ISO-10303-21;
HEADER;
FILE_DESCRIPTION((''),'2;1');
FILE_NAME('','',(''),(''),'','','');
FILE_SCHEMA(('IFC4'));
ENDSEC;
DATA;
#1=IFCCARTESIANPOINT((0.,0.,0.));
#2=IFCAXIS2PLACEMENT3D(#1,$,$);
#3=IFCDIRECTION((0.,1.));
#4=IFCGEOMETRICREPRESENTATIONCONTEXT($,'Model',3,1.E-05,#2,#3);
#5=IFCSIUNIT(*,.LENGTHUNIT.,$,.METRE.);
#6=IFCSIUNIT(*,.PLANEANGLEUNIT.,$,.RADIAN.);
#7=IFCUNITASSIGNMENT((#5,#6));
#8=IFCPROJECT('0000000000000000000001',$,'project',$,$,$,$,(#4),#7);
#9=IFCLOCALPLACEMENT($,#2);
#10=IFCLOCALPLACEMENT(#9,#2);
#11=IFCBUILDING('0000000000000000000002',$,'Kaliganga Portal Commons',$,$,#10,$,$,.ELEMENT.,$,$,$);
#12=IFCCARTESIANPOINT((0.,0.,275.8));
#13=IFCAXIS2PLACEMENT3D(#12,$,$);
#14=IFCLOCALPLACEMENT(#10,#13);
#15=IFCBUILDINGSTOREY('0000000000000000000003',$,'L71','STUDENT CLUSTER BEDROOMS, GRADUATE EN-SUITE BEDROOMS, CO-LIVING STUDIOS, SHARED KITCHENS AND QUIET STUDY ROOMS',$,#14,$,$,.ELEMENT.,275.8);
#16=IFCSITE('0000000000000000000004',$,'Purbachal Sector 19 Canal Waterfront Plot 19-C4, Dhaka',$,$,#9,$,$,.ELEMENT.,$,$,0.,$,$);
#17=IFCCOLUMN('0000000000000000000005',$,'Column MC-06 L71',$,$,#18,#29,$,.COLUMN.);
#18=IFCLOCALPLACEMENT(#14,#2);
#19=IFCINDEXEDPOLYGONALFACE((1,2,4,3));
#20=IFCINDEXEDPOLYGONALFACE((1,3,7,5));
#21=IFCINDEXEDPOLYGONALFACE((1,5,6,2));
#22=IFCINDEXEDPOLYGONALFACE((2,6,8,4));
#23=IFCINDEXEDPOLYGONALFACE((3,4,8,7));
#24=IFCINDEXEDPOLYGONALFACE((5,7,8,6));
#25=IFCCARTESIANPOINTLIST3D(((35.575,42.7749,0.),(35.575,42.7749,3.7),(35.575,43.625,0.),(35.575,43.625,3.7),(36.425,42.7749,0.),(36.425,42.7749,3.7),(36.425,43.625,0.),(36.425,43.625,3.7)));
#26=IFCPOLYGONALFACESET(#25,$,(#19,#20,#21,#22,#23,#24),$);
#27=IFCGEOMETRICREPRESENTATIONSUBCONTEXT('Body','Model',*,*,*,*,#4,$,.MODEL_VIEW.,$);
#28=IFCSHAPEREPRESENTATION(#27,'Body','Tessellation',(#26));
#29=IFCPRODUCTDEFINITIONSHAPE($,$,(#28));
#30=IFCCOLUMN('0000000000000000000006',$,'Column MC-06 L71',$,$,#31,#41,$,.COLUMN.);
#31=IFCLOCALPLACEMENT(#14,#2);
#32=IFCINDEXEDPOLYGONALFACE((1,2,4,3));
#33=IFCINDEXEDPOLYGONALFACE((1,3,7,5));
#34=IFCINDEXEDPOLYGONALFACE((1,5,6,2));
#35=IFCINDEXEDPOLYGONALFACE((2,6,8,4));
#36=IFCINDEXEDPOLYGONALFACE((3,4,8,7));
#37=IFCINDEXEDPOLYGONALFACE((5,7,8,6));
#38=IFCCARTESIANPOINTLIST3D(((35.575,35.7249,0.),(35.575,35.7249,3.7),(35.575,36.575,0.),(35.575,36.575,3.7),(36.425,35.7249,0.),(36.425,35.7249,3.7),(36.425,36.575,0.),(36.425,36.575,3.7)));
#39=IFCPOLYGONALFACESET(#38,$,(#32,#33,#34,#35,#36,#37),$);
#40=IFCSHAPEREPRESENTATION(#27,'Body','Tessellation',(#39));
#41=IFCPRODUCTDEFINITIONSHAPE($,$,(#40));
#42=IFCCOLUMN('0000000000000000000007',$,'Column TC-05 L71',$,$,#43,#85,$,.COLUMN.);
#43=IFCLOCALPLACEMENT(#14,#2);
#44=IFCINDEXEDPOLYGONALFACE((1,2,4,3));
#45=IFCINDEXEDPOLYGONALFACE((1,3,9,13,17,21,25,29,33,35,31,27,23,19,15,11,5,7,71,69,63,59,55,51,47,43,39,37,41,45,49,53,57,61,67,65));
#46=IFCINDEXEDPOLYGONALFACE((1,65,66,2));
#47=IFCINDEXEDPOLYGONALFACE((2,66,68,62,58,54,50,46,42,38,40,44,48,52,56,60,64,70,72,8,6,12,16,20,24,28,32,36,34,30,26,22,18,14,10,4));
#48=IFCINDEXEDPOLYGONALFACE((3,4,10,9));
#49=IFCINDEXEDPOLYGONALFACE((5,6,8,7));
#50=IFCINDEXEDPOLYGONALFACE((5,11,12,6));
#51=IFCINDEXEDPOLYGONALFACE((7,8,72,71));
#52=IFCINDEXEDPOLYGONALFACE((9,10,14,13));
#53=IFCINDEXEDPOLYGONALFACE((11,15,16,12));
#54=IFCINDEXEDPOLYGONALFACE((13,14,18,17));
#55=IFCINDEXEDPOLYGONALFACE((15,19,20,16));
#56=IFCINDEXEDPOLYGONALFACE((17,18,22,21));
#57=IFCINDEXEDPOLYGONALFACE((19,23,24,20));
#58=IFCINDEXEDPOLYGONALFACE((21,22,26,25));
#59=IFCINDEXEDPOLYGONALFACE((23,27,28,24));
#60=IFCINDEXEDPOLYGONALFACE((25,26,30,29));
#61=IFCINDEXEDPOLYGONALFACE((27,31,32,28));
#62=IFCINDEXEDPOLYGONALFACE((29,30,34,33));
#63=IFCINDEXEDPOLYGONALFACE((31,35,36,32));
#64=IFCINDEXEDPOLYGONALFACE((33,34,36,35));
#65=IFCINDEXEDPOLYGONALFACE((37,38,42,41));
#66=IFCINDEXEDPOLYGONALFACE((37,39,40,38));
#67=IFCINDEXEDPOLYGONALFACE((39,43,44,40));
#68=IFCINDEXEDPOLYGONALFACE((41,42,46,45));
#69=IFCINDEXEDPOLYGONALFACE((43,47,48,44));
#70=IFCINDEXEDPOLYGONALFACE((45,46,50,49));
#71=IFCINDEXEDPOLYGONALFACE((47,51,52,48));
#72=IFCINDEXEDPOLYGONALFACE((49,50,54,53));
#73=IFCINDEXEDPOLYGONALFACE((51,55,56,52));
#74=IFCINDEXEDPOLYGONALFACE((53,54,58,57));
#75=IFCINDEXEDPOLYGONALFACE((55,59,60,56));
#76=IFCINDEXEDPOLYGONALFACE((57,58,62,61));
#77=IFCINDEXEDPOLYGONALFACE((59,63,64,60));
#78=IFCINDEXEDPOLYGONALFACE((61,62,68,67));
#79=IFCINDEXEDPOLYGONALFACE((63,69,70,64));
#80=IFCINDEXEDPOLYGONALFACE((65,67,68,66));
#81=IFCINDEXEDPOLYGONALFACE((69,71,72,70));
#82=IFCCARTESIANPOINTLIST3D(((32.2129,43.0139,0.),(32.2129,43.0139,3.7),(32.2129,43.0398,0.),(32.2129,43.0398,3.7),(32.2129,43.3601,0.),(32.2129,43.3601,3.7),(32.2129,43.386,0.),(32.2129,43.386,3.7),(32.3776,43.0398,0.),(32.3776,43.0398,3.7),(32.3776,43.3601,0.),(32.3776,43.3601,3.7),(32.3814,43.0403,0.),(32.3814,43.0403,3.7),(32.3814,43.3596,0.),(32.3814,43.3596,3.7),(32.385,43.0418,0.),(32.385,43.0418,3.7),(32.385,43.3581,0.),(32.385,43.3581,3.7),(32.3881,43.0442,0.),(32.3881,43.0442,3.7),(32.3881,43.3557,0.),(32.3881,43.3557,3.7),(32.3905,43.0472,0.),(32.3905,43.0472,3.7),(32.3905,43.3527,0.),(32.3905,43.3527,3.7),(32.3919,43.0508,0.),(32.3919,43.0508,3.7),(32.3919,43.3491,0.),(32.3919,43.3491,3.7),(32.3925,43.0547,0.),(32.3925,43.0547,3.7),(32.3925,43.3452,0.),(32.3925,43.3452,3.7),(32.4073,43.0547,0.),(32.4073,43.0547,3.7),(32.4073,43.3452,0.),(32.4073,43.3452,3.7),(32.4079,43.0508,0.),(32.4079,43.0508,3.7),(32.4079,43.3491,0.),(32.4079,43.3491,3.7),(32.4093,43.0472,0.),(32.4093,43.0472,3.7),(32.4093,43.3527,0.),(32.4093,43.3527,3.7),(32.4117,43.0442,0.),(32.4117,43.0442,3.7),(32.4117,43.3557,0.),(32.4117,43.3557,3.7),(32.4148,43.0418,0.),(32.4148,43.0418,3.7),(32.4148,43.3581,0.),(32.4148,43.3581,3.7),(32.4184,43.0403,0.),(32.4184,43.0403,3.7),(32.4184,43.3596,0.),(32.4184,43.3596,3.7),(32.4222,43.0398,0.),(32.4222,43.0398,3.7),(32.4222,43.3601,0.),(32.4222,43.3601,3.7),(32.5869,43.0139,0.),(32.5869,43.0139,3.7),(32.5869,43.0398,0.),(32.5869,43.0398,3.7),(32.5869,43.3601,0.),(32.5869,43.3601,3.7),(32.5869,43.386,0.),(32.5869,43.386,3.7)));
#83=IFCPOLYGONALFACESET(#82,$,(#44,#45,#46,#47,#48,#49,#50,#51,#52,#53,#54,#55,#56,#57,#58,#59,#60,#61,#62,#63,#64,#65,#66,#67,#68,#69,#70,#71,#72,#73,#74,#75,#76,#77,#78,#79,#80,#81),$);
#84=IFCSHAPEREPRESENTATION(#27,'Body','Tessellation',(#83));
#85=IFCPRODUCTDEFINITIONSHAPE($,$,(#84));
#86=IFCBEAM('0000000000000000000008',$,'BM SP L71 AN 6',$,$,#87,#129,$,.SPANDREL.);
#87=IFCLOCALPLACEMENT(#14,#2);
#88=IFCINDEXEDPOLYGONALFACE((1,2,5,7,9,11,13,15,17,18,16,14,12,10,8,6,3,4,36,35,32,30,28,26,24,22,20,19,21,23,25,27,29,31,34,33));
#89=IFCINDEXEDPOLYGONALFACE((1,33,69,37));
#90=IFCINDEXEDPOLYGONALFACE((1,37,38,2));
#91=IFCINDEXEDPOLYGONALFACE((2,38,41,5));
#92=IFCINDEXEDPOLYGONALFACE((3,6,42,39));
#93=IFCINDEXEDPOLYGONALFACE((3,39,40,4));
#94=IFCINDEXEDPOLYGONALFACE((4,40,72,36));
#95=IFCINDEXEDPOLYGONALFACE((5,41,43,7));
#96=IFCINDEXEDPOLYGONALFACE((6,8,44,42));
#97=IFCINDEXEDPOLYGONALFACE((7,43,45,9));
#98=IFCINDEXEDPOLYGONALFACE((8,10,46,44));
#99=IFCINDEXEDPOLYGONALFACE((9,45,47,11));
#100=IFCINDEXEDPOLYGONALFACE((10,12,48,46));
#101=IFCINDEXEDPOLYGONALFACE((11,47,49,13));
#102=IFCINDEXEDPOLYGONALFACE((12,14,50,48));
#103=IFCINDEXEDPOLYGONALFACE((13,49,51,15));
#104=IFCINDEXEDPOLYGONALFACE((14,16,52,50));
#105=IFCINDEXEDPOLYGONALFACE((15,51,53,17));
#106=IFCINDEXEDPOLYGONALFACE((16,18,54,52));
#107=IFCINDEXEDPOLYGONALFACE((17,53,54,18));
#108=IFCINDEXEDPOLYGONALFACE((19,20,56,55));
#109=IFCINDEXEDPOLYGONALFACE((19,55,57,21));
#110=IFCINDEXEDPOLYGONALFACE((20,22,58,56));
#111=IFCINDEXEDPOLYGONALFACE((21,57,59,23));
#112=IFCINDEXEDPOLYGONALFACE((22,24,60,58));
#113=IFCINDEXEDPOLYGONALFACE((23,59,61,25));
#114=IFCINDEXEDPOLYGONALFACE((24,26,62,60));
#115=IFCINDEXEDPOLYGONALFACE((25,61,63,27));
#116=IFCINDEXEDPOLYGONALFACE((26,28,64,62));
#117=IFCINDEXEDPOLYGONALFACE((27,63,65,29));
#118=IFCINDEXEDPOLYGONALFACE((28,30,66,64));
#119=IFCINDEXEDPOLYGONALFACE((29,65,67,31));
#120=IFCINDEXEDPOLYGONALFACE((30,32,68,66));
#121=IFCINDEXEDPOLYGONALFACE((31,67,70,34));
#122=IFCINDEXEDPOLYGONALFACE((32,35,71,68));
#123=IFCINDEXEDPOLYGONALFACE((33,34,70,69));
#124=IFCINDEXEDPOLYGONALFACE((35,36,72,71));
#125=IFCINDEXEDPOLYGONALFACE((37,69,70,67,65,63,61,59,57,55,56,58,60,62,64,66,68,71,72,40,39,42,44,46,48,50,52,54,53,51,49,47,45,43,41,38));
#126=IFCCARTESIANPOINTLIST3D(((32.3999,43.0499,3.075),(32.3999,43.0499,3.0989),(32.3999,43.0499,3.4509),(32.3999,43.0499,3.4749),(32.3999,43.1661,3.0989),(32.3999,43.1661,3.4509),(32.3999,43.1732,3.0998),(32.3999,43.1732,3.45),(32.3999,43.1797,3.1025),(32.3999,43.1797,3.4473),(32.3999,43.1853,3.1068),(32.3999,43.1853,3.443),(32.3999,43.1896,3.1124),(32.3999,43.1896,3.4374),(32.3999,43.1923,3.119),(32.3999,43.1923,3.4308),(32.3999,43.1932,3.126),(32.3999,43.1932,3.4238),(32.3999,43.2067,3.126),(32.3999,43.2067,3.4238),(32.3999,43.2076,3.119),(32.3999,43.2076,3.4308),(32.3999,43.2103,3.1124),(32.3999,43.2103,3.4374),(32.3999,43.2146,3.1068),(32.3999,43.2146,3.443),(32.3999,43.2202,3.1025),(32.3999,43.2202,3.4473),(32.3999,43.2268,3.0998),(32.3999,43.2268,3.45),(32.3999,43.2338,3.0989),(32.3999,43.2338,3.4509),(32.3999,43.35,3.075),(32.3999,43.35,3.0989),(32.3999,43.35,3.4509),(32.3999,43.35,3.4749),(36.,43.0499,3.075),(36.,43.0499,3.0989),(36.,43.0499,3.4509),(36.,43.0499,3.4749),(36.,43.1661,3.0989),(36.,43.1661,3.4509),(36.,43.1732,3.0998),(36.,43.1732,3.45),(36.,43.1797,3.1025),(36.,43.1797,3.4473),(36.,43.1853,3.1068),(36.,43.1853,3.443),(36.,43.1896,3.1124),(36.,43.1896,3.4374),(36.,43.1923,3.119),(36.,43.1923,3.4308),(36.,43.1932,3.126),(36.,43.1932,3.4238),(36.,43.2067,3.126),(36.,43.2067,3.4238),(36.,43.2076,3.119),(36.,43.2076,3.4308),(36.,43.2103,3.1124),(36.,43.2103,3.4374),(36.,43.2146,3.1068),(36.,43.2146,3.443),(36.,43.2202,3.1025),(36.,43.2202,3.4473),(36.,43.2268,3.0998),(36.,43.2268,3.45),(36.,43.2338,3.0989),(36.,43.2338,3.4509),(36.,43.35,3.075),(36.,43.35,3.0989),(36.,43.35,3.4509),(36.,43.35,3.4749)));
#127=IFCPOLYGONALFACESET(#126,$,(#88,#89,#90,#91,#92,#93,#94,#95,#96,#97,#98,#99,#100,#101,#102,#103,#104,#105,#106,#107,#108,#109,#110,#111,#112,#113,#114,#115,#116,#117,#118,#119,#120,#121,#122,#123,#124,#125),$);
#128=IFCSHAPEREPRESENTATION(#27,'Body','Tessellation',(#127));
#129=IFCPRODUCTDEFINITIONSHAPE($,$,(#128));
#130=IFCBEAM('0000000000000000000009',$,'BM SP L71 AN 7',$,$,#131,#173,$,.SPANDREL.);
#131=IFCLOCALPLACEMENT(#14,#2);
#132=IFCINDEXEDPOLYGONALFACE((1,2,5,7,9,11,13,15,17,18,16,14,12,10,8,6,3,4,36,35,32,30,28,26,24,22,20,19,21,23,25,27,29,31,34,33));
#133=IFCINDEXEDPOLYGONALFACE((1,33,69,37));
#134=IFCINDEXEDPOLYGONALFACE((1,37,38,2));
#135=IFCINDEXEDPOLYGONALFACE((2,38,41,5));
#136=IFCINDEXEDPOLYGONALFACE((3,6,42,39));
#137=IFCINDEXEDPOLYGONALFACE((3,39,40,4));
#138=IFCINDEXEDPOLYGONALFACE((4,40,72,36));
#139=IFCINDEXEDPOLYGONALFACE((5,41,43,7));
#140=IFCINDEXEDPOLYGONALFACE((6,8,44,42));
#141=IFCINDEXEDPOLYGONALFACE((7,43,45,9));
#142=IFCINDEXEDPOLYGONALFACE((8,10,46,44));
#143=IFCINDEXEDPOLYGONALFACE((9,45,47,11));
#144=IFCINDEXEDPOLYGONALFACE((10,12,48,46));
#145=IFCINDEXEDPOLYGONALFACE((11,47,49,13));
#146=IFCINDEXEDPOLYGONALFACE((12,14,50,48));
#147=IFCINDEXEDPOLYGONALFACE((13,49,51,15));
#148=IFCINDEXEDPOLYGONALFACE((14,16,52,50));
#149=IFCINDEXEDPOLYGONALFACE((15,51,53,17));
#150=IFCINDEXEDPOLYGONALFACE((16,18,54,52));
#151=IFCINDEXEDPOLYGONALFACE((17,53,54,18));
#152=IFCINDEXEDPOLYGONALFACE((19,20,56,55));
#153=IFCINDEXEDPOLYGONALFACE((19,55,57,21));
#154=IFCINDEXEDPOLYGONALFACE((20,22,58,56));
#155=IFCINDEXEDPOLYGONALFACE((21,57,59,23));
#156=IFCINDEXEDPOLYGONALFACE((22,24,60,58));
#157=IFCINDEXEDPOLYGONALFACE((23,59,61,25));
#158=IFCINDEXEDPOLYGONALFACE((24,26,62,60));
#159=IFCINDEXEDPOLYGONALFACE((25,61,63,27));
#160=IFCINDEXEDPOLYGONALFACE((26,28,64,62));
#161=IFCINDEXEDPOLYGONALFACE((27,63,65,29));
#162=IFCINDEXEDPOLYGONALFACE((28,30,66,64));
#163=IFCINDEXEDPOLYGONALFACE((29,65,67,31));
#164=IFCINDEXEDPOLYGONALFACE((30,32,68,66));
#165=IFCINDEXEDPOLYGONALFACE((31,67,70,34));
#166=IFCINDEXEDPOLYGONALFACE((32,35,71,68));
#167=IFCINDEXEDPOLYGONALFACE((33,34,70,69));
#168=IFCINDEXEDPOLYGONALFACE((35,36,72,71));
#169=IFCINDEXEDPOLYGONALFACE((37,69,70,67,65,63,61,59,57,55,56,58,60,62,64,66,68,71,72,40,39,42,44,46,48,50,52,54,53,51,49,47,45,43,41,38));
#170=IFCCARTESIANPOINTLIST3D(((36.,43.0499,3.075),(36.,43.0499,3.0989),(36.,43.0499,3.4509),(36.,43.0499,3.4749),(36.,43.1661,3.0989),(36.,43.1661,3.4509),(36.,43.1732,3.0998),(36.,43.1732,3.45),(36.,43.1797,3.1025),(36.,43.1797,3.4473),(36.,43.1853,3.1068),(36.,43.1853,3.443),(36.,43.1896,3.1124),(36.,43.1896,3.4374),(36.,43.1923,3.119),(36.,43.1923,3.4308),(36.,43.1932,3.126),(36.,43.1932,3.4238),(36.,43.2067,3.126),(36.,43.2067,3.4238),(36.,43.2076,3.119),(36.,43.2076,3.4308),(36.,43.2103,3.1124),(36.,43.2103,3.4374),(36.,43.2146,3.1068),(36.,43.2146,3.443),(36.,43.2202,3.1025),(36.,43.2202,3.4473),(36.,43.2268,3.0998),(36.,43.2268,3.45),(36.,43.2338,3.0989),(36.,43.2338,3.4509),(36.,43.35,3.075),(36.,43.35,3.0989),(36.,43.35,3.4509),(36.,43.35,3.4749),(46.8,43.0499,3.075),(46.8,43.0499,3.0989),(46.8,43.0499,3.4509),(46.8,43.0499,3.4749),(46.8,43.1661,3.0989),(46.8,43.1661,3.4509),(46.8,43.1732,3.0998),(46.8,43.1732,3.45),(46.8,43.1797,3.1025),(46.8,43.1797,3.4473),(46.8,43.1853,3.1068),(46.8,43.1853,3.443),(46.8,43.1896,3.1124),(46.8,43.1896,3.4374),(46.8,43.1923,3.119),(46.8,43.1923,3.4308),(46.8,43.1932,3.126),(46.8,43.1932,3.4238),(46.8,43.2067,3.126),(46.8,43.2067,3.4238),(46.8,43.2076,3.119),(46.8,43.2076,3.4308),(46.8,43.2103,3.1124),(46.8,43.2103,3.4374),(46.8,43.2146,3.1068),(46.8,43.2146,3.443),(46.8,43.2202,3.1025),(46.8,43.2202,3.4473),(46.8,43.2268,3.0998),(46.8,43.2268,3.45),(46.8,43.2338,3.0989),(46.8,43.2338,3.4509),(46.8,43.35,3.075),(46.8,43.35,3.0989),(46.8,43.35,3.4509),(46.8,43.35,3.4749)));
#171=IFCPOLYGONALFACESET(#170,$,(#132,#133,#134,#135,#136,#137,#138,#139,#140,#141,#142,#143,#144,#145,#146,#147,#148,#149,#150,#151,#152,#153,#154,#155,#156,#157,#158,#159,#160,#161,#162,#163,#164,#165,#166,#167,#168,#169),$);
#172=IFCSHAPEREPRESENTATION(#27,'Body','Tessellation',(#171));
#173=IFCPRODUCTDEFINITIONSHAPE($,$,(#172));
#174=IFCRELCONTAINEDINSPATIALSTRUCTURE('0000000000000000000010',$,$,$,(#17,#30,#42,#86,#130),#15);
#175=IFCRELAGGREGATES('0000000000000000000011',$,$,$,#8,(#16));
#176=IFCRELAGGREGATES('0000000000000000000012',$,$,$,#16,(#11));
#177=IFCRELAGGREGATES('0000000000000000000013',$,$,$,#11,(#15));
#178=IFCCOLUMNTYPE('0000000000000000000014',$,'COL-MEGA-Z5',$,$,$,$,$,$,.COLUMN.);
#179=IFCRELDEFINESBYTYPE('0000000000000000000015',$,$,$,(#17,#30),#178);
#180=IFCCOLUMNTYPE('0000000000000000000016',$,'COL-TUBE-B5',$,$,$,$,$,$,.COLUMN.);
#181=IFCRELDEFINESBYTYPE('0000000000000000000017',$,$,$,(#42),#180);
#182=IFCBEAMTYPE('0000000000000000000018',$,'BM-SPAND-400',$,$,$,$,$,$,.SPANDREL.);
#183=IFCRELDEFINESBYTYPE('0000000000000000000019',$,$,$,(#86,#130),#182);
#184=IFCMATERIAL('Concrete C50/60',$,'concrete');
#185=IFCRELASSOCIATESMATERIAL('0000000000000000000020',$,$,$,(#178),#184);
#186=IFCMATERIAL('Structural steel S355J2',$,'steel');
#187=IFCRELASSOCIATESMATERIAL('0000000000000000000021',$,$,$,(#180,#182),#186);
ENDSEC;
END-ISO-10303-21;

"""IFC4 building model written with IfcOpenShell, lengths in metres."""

from ifc_helpers import new_model, si_unit, direction, frame, origin, origin_2d, place, context, subcontext, project, spatial, rectangle, i_section, extrude, source, transform, mapped, material, material_profile, profile_set, type_object, element, save


model = new_model("IFC4")

# Units and contexts
model_context = context("Model", 3, precision=1e-05, world=origin(), true_north=direction((0.0, 1.0)))
body_context = subcontext(model_context, "Body", "Model", "MODEL_VIEW")
ifc_project = project(units=[si_unit("LENGTHUNIT", "METRE"), si_unit("PLANEANGLEUNIT", "RADIAN")], contexts=[model_context])

# Site, building, storey
site_placement = place(None, origin())
site = spatial("IfcSite", under=ifc_project, at=site_placement, Name="Purbachal Sector 19 Canal Waterfront Plot 19-C4, Dhaka", CompositionType="ELEMENT", RefElevation=0.0)
building_placement = place(site_placement, origin())
building = spatial("IfcBuilding", under=site, at=building_placement, Name="Kaliganga Portal Commons", CompositionType="ELEMENT")
storey_placement = place(building_placement, frame((0.0, 0.0, 275.8)))
storey = spatial("IfcBuildingStorey", under=building, at=storey_placement, Name="L71", Description="STUDENT CLUSTER BEDROOMS, GRADUATE EN-SUITE BEDROOMS, CO-LIVING STUDIOS, SHARED KITCHENS AND QUIET STUDY ROOMS", CompositionType="ELEMENT", Elevation=275.8)

# Columns
ifc_material_1 = material(Name="Concrete C50/60", Category="concrete")
ifc_material_profile_1 = material_profile(ifc_material_1, rectangle(XDim=0.8501, YDim=0.8501, at=origin_2d()), Name="RC 850x850")
ifc_profile_set_1 = profile_set([ifc_material_profile_1], Name="Concrete C50/60")
column_type_1 = type_object("IfcColumnType", Name="COL-MEGA-Z5", PredefinedType="COLUMN", material=ifc_profile_set_1)
shared_shape_1 = source(origin(), body_context, "Body", "SweptSolid", [
    extrude(rectangle(XDim=0.8501, YDim=0.8501, at=origin_2d()), origin(), (0.0, 0.0, 1.0), 3.7),
])
for number, where, z_axis, x_axis, name in (
    (1, (36.0, 43.2, 0.0), (0.0, 0.0, 1.0), (1.0, 0.0, 0.0), "Column MC-06 L71"),
    (2, (36.0, 36.1499, 0.0), (0.0, 0.0, 1.0), (1.0, 0.0, 0.0), "Column MC-06 L71"),
):
    element("IfcColumn", number, at=place(storey_placement, frame(where, z_axis=z_axis, x_axis=x_axis)), inside=storey, type_object=column_type_1, Name=name, PredefinedType="COLUMN", context=body_context, shape_type="MappedRepresentation", body=[
        mapped(shared_shape_1, transform((0.0, 0.0, 0.0), x_axis=(1.0, 0.0, 0.0), y_axis=(0.0, 1.0, 0.0), z_axis=(0.0, 0.0, 1.0), scale=1.0)),
    ])
ifc_material_2 = material(Name="Structural steel S355J2", Category="steel")
ifc_material_profile_2 = material_profile(ifc_material_2, i_section(OverallWidth=0.374, OverallDepth=0.3721, WebThickness=0.0149, FlangeThickness=0.0259, FilletRadius=0.0149, at=origin_2d()), Name="HD 360x196")
ifc_profile_set_2 = profile_set([ifc_material_profile_2], Name="Structural steel S355J2 wide-flange")
column_type_2 = type_object("IfcColumnType", Name="COL-TUBE-B5", PredefinedType="COLUMN", material=ifc_profile_set_2)
shared_shape_2 = source(origin(), body_context, "Body", "SweptSolid", [
    extrude(i_section(OverallWidth=0.374, OverallDepth=0.3721, WebThickness=0.0149, FlangeThickness=0.0259, FilletRadius=0.0149, at=origin_2d()), origin(), (0.0, 0.0, 1.0), 3.7),
])
column_placement = place(storey_placement, frame((32.3999, 43.2, 0.0), z_axis=(0.0, 0.0, 1.0), x_axis=(1.0, 0.0, 0.0)))
element("IfcColumn", 3, at=column_placement, inside=storey, type_object=column_type_2, Name="Column TC-05 L71", PredefinedType="COLUMN", context=body_context, shape_type="MappedRepresentation", body=[
    mapped(shared_shape_2, transform((0.0, 0.0, 0.0), x_axis=(1.0, 0.0, 0.0), y_axis=(0.0, 1.0, 0.0), z_axis=(0.0, 0.0, 1.0), scale=1.0)),
])

# Beams
ifc_material_profile_3 = material_profile(ifc_material_2, i_section(OverallWidth=0.3, OverallDepth=0.3999, WebThickness=0.0134, FlangeThickness=0.0239, FilletRadius=0.0271, at=origin_2d()), Name="HE 400 B")
ifc_profile_set_3 = profile_set([ifc_material_profile_3], Name="Structural steel S355J2 wide-flange")
beam_type_1 = type_object("IfcBeamType", Name="BM-SPAND-400", PredefinedType="SPANDREL", material=ifc_profile_set_3)
shared_shape_3 = source(origin(), body_context, "Body", "SweptSolid", [
    extrude(i_section(OverallWidth=0.3, OverallDepth=0.3999, WebThickness=0.0134, FlangeThickness=0.0239, FilletRadius=0.0271, at=origin_2d()), origin(), (0.0, 0.0, 1.0), 3.6001),
])
beam_1_placement = place(storey_placement, frame((32.3999, 43.2, 3.2749), z_axis=(1.0, 0.0, 0.0), x_axis=(0.0, 1.0, 0.0)))
element("IfcBeam", 4, at=beam_1_placement, inside=storey, type_object=beam_type_1, Name="BM SP L71 AN 6", PredefinedType="SPANDREL", context=body_context, shape_type="MappedRepresentation", body=[
    mapped(shared_shape_3, transform((0.0, 0.0, 0.0), x_axis=(1.0, 0.0, 0.0), y_axis=(0.0, 1.0, 0.0), z_axis=(0.0, 0.0, 1.0), scale=1.0)),
])
shared_shape_4 = source(origin(), body_context, "Body", "SweptSolid", [
    extrude(i_section(OverallWidth=0.3, OverallDepth=0.3999, WebThickness=0.0134, FlangeThickness=0.0239, FilletRadius=0.0271, at=origin_2d()), origin(), (0.0, 0.0, 1.0), 10.8),
])
beam_2_placement = place(storey_placement, frame((36.0, 43.2, 3.2749), z_axis=(1.0, 0.0, 0.0), x_axis=(0.0, 1.0, 0.0)))
element("IfcBeam", 5, at=beam_2_placement, inside=storey, type_object=beam_type_1, Name="BM SP L71 AN 7", PredefinedType="SPANDREL", context=body_context, shape_type="MappedRepresentation", body=[
    mapped(shared_shape_4, transform((0.0, 0.0, 0.0), x_axis=(1.0, 0.0, 0.0), y_axis=(0.0, 1.0, 0.0), z_axis=(0.0, 0.0, 1.0), scale=1.0)),
])

save(model, "model.ifc")
